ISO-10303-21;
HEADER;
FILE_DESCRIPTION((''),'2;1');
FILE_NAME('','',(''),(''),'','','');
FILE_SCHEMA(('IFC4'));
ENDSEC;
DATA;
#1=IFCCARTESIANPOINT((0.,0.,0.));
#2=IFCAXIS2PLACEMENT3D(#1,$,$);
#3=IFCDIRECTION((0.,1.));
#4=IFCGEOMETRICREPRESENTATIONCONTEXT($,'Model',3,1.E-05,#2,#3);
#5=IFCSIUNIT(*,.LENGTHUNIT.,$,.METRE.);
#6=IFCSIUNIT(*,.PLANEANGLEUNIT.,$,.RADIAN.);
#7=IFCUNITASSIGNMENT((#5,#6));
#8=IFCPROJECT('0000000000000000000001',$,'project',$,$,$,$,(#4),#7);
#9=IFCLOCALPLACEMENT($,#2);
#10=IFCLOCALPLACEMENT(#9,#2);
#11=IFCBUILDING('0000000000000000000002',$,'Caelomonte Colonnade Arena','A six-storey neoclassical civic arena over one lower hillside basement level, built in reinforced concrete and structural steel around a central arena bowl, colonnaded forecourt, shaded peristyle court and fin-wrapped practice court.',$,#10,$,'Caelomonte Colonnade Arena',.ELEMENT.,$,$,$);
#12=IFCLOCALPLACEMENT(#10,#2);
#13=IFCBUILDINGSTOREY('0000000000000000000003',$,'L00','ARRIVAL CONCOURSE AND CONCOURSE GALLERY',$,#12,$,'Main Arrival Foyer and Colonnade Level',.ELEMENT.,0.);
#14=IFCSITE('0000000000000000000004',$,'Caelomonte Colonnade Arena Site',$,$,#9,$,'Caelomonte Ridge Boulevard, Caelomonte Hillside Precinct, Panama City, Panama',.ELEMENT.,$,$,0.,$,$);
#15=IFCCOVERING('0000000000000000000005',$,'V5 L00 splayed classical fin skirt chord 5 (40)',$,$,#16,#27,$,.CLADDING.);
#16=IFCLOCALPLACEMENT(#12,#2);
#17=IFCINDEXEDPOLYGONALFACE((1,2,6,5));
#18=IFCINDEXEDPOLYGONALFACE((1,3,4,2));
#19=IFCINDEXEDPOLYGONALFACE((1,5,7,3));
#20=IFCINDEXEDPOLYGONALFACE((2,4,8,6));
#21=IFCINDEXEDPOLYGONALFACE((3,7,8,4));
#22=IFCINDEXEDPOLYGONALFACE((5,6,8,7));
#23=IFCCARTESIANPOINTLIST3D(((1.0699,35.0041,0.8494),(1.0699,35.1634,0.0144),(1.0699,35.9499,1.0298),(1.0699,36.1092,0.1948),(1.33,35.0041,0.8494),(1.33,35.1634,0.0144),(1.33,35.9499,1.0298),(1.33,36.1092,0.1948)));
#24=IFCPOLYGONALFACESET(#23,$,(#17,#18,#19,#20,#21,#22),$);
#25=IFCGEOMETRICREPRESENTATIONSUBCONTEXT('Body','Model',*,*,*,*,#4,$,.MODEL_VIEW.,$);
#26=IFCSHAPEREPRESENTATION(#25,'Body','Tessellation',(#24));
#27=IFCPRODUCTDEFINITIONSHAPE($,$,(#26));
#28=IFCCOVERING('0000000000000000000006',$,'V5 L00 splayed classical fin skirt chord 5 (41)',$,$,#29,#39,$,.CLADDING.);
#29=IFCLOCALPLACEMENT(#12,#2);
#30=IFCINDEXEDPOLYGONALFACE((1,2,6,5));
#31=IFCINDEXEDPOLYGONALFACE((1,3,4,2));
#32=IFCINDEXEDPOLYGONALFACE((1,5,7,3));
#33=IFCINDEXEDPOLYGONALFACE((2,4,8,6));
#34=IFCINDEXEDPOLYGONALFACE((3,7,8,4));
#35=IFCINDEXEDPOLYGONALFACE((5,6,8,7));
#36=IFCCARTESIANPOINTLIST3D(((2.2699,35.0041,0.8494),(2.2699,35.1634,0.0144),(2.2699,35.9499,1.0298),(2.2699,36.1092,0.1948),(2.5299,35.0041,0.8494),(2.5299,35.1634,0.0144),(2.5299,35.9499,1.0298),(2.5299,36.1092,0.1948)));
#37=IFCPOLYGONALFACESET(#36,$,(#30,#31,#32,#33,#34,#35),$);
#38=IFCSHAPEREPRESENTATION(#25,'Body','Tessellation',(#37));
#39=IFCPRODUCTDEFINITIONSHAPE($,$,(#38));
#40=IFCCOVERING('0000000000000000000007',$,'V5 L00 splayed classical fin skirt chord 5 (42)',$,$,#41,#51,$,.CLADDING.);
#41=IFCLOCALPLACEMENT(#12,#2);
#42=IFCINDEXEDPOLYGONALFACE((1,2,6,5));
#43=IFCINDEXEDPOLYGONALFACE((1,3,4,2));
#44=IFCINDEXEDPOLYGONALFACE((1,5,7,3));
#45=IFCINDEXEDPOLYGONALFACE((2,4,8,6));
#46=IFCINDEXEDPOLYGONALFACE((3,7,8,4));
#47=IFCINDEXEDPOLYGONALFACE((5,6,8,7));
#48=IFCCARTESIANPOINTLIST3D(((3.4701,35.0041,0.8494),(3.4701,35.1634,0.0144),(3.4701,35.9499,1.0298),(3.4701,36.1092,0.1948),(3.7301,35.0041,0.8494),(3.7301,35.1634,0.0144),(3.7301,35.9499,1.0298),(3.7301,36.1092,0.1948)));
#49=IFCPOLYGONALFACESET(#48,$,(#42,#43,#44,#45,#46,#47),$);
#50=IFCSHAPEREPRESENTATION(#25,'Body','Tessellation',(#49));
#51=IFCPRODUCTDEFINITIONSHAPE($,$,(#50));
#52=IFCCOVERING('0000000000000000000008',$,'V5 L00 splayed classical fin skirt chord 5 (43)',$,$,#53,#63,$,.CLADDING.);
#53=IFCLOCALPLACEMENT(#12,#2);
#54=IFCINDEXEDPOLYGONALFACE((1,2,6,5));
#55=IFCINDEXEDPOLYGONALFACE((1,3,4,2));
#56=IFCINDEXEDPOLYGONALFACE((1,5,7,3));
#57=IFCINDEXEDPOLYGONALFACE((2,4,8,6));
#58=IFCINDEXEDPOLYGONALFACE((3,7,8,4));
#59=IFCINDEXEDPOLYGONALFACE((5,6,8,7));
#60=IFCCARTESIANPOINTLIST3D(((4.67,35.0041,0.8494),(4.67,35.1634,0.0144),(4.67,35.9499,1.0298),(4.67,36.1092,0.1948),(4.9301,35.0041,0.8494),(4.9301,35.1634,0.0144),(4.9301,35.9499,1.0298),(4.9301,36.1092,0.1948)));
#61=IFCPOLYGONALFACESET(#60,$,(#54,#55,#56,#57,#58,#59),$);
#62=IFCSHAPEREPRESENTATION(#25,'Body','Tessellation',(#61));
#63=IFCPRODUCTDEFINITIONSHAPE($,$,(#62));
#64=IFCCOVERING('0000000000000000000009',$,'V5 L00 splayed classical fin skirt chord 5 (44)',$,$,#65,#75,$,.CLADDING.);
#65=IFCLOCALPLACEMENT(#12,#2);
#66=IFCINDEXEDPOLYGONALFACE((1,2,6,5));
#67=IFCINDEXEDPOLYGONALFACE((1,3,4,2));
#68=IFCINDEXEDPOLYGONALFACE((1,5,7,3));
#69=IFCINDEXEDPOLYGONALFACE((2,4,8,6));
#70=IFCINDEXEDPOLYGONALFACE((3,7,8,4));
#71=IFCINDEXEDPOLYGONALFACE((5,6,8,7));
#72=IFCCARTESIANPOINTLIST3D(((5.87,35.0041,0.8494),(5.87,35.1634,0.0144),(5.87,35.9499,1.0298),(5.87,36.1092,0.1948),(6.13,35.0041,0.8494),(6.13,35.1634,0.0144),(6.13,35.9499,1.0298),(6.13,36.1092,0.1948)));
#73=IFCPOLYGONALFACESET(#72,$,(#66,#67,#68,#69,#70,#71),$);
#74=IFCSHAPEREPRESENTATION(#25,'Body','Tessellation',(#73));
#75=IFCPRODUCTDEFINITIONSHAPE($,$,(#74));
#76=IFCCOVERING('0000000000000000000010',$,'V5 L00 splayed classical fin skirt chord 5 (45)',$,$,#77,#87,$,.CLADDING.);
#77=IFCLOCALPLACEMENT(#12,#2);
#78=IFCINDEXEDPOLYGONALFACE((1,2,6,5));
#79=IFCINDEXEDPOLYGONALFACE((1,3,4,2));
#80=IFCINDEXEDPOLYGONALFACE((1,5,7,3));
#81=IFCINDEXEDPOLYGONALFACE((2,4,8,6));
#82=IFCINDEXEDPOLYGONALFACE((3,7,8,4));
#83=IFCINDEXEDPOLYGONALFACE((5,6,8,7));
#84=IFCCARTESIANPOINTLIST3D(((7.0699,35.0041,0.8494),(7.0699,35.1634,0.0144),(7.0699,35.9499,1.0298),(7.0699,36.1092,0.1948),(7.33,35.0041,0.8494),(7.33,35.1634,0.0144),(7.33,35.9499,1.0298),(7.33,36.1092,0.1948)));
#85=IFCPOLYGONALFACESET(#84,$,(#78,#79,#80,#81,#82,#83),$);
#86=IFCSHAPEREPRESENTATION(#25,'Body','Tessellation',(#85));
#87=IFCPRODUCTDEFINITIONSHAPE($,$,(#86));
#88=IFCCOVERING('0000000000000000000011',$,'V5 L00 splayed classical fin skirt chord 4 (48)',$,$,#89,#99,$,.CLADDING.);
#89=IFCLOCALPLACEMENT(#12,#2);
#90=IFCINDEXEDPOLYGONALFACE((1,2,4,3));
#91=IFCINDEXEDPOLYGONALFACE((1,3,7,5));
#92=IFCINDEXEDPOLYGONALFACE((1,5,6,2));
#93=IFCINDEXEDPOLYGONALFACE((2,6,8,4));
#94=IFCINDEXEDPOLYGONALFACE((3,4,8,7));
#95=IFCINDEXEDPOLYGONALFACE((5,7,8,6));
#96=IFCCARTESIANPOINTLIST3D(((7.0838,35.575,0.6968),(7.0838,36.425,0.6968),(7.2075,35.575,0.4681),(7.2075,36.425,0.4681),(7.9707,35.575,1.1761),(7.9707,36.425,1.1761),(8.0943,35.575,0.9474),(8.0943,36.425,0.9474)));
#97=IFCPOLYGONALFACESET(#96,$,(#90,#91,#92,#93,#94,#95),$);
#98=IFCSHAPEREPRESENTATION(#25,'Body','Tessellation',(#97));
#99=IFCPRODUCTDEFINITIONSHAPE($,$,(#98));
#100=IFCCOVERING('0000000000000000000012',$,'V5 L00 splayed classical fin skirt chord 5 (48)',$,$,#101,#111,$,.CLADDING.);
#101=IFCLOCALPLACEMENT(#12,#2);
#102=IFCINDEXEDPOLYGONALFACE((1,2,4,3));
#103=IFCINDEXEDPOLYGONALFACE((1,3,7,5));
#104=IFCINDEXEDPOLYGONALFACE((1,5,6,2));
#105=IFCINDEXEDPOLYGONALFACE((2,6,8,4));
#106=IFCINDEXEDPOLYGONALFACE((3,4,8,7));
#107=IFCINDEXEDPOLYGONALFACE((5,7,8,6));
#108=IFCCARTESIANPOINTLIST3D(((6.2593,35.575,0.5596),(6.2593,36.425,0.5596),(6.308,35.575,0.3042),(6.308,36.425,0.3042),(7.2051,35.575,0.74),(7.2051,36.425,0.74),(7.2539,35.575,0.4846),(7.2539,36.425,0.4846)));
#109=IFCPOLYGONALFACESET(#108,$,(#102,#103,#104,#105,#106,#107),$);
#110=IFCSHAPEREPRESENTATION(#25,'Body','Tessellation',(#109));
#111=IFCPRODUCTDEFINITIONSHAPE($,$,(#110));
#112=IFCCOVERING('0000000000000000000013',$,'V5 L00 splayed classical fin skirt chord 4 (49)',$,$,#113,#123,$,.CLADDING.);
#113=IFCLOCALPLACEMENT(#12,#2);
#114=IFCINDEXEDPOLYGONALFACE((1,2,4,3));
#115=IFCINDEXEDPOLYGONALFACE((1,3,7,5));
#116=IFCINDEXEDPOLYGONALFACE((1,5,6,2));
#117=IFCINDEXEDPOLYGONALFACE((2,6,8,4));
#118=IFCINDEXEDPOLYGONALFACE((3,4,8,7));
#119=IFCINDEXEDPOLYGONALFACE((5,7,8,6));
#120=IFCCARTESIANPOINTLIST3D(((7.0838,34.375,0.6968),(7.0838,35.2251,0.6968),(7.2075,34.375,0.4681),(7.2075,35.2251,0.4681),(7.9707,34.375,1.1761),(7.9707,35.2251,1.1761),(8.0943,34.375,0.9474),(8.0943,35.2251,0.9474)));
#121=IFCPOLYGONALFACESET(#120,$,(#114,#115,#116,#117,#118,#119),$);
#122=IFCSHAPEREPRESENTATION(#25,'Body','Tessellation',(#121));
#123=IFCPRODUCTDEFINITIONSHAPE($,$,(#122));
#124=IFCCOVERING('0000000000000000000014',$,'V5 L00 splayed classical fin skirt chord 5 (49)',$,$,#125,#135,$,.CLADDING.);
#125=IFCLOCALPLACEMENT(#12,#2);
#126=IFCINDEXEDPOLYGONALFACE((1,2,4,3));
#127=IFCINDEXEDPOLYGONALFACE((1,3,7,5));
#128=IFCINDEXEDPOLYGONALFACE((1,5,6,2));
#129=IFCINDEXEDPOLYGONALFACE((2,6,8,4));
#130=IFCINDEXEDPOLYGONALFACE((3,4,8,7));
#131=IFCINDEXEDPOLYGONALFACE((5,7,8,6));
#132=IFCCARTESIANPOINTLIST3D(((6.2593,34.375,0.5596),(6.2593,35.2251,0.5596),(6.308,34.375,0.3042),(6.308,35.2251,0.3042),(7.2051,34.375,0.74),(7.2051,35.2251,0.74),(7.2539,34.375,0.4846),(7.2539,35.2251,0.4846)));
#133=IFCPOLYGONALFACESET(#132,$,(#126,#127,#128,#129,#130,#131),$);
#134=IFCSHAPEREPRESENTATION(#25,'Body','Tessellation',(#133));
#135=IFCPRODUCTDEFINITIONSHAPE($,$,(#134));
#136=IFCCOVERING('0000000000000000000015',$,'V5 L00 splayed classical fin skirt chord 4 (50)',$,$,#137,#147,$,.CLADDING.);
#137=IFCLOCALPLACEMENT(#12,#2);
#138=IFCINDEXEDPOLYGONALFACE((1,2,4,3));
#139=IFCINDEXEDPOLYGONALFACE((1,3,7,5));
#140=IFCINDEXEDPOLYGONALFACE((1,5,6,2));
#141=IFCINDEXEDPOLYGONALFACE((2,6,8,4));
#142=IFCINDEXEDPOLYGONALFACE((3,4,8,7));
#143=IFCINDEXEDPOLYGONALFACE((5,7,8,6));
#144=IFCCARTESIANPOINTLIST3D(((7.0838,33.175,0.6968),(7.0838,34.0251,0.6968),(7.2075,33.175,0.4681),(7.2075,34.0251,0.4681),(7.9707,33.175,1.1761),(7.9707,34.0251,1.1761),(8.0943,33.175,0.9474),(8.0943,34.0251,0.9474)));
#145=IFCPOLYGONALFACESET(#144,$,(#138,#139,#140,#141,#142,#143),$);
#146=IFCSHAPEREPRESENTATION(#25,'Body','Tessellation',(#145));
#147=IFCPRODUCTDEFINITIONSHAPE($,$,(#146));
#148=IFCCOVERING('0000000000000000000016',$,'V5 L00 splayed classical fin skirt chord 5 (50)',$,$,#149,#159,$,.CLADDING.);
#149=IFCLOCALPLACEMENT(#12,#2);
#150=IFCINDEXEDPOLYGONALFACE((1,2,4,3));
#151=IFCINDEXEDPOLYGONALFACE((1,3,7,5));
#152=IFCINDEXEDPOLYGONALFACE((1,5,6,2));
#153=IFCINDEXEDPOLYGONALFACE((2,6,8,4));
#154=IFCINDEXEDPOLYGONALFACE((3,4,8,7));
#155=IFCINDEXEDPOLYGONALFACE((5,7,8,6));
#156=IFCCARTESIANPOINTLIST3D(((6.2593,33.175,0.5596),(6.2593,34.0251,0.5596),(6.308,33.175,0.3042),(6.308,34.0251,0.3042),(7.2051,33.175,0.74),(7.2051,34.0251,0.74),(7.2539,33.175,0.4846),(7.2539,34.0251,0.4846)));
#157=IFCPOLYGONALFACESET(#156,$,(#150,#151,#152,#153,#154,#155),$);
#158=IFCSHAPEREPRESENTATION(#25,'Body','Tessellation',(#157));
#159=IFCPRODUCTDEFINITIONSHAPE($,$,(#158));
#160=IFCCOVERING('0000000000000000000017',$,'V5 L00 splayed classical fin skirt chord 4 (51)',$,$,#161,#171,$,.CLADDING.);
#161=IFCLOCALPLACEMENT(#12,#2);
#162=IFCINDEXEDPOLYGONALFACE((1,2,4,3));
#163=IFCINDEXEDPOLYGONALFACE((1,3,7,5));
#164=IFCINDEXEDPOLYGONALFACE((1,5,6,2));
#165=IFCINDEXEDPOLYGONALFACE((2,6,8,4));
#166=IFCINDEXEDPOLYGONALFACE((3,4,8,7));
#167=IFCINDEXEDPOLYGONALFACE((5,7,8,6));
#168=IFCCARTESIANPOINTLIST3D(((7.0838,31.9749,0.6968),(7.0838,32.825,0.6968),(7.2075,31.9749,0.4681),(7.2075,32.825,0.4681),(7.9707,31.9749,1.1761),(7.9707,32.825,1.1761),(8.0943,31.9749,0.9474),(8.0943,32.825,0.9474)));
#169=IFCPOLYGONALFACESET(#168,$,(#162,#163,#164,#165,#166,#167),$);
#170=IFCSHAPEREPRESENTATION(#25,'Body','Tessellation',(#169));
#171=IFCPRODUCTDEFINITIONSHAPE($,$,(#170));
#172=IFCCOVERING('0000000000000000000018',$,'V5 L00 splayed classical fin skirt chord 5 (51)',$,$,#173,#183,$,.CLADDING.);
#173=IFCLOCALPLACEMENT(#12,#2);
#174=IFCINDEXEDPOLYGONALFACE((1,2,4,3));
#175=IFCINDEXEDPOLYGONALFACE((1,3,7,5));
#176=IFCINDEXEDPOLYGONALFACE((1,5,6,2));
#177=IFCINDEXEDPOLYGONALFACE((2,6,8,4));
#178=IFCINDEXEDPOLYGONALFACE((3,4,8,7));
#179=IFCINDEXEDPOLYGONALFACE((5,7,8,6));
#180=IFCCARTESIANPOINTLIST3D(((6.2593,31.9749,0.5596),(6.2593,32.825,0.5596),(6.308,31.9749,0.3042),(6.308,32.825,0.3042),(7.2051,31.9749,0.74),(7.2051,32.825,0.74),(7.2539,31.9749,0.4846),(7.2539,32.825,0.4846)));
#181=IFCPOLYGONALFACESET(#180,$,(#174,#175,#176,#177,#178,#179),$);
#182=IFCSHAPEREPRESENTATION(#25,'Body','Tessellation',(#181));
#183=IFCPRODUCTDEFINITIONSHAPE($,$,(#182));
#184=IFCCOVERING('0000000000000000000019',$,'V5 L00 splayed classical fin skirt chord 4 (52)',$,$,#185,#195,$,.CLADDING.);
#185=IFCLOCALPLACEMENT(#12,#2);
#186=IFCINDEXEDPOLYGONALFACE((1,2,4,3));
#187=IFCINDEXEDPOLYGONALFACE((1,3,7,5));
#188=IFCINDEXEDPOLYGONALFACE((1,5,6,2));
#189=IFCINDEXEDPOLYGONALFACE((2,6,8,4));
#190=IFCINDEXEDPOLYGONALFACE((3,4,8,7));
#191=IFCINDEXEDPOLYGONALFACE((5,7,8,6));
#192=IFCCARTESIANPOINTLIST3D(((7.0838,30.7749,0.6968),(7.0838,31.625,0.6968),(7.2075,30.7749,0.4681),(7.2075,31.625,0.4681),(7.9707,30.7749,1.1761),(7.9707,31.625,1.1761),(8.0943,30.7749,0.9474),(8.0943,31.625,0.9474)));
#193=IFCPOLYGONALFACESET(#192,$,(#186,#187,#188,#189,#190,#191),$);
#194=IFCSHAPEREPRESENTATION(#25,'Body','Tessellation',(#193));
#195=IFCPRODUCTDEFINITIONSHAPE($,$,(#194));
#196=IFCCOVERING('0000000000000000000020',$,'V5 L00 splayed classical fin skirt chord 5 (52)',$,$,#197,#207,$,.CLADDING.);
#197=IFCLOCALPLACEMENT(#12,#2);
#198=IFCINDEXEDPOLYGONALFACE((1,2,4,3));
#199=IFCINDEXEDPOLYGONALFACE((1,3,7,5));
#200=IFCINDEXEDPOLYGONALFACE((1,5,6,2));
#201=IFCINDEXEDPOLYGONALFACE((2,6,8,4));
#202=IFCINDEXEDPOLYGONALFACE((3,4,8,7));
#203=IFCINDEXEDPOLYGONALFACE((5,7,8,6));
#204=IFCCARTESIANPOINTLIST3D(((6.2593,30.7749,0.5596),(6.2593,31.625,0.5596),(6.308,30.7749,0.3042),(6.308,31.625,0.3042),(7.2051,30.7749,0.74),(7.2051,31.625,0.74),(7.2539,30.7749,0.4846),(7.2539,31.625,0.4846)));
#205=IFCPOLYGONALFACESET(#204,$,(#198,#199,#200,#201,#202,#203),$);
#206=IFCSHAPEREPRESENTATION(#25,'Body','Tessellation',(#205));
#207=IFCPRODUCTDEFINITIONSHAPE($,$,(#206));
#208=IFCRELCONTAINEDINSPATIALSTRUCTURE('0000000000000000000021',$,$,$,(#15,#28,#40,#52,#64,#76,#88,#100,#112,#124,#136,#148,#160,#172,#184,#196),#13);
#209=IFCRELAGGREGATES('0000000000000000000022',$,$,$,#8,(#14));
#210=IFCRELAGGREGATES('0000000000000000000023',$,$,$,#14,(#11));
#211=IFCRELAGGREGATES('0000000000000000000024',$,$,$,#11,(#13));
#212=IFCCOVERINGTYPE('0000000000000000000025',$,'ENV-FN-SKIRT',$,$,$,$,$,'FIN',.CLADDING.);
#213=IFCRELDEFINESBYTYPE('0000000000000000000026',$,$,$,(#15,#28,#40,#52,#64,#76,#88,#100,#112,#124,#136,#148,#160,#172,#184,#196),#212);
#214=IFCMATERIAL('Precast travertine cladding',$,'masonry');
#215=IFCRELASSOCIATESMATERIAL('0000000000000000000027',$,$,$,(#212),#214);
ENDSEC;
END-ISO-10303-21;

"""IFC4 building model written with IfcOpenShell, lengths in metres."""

from ifc_helpers import new_model, si_unit, direction, frame, origin, origin_2d, place, context, subcontext, project, spatial, rectangle, extrude, material, material_profile, profile_set, type_object, element, save


model = new_model("IFC4")

# Units and contexts
model_context = context("Model", 3, precision=1e-05, world=origin(), true_north=direction((0.0, 1.0)))
body_context = subcontext(model_context, "Body", "Model", "MODEL_VIEW")
ifc_project = project(units=[si_unit("LENGTHUNIT", "METRE"), si_unit("PLANEANGLEUNIT", "RADIAN")], contexts=[model_context])

# Site, building, storey
site_placement = place(None, origin())
site = spatial("IfcSite", under=ifc_project, at=site_placement, Name="Caelomonte Colonnade Arena Site", LongName="Caelomonte Ridge Boulevard, Caelomonte Hillside Precinct, Panama City, Panama", CompositionType="ELEMENT", RefElevation=0.0)
building_placement = place(site_placement, origin())
building = spatial("IfcBuilding", under=site, at=building_placement, Name="Caelomonte Colonnade Arena", Description="A six-storey neoclassical civic arena over one lower hillside basement level, built in reinforced concrete and structural steel around a central arena bowl, colonnaded forecourt, shaded peristyle court and fin-wrapped practice court.", LongName="Caelomonte Colonnade Arena", CompositionType="ELEMENT")
storey_placement = place(building_placement, origin())
storey = spatial("IfcBuildingStorey", under=building, at=storey_placement, Name="L00", Description="ARRIVAL CONCOURSE AND CONCOURSE GALLERY", LongName="Main Arrival Foyer and Colonnade Level", CompositionType="ELEMENT", Elevation=0.0)

# Coverings
ifc_material_1 = material(Name="Precast travertine cladding", Category="masonry")
ifc_material_profile = material_profile(ifc_material_1, rectangle(XDim=0.26, YDim=0.8501, at=origin_2d()), Name="FIN260X850")
ifc_profile_set = profile_set([ifc_material_profile], Name="Precast travertine cladding")
covering_type_1 = type_object("IfcCoveringType", Name="ENV-FN-SKIRT", ElementType="FIN", PredefinedType="CLADDING", material=ifc_profile_set)
for number, where, z_axis, x_axis, name in (
    (1, (1.2, 36.0295, 0.6123), (0.0, -0.982287, -0.18738), (-1.0, 0.0, 0.0), "V5 L00 splayed classical fin skirt chord 5 (40)"),
    (2, (2.3999, 36.0295, 0.6123), (0.0, -0.982287, -0.18738), (-1.0, 0.0, 0.0), "V5 L00 splayed classical fin skirt chord 5 (41)"),
    (3, (3.6001, 36.0295, 0.6123), (0.0, -0.982287, -0.18738), (-1.0, 0.0, 0.0), "V5 L00 splayed classical fin skirt chord 5 (42)"),
    (4, (4.8, 36.0295, 0.6123), (0.0, -0.982287, -0.18738), (-1.0, 0.0, 0.0), "V5 L00 splayed classical fin skirt chord 5 (43)"),
    (5, (6.0, 36.0295, 0.6123), (0.0, -0.982287, -0.18738), (-1.0, 0.0, 0.0), "V5 L00 splayed classical fin skirt chord 5 (44)"),
    (6, (7.2, 36.0295, 0.6123), (0.0, -0.982287, -0.18738), (-1.0, 0.0, 0.0), "V5 L00 splayed classical fin skirt chord 5 (45)"),
):
    element("IfcCovering", number, at=place(storey_placement, frame(where, z_axis=z_axis, x_axis=x_axis)), inside=storey, type_object=covering_type_1, Name=name, PredefinedType="CLADDING", context=body_context, shape_type="SweptSolid", body=[
        extrude(rectangle(XDim=0.26, YDim=0.8501, at=origin_2d()), origin(), (0.0, 0.0, 1.0), 0.9629),
    ])
covering_1_placement = place(storey_placement, frame((8.0325, 36.0, 1.0618), z_axis=(-0.879731, 0.0, -0.475471), x_axis=(-0.475471, 0.0, 0.879731)))
element("IfcCovering", 7, at=covering_1_placement, inside=storey, type_object=covering_type_1, Name="V5 L00 splayed classical fin skirt chord 4 (48)", PredefinedType="CLADDING", context=body_context, shape_type="SweptSolid", body=[
    extrude(rectangle(XDim=0.26, YDim=0.8501, at=origin_2d()), origin(), (0.0, 0.0, 1.0), 1.0081),
])
covering_2_placement = place(storey_placement, frame((7.2295, 36.0, 0.6123), z_axis=(-0.982287, 0.0, -0.18738), x_axis=(-0.18738, 0.0, 0.982287)))
element("IfcCovering", 8, at=covering_2_placement, inside=storey, type_object=covering_type_1, Name="V5 L00 splayed classical fin skirt chord 5 (48)", PredefinedType="CLADDING", context=body_context, shape_type="SweptSolid", body=[
    extrude(rectangle(XDim=0.26, YDim=0.8501, at=origin_2d()), origin(), (0.0, 0.0, 1.0), 0.9629),
])
covering_3_placement = place(storey_placement, frame((8.0325, 34.8, 1.0618), z_axis=(-0.879731, 0.0, -0.475471), x_axis=(-0.475471, 0.0, 0.879731)))
element("IfcCovering", 9, at=covering_3_placement, inside=storey, type_object=covering_type_1, Name="V5 L00 splayed classical fin skirt chord 4 (49)", PredefinedType="CLADDING", context=body_context, shape_type="SweptSolid", body=[
    extrude(rectangle(XDim=0.26, YDim=0.8501, at=origin_2d()), origin(), (0.0, 0.0, 1.0), 1.0081),
])
covering_4_placement = place(storey_placement, frame((7.2295, 34.8, 0.6123), z_axis=(-0.982287, 0.0, -0.18738), x_axis=(-0.18738, 0.0, 0.982287)))
element("IfcCovering", 10, at=covering_4_placement, inside=storey, type_object=covering_type_1, Name="V5 L00 splayed classical fin skirt chord 5 (49)", PredefinedType="CLADDING", context=body_context, shape_type="SweptSolid", body=[
    extrude(rectangle(XDim=0.26, YDim=0.8501, at=origin_2d()), origin(), (0.0, 0.0, 1.0), 0.9629),
])
covering_5_placement = place(storey_placement, frame((8.0325, 33.6001, 1.0618), z_axis=(-0.879731, 0.0, -0.475471), x_axis=(-0.475471, 0.0, 0.879731)))
element("IfcCovering", 11, at=covering_5_placement, inside=storey, type_object=covering_type_1, Name="V5 L00 splayed classical fin skirt chord 4 (50)", PredefinedType="CLADDING", context=body_context, shape_type="SweptSolid", body=[
    extrude(rectangle(XDim=0.26, YDim=0.8501, at=origin_2d()), origin(), (0.0, 0.0, 1.0), 1.0081),
])
covering_6_placement = place(storey_placement, frame((7.2295, 33.6001, 0.6123), z_axis=(-0.982287, 0.0, -0.18738), x_axis=(-0.18738, 0.0, 0.982287)))
element("IfcCovering", 12, at=covering_6_placement, inside=storey, type_object=covering_type_1, Name="V5 L00 splayed classical fin skirt chord 5 (50)", PredefinedType="CLADDING", context=body_context, shape_type="SweptSolid", body=[
    extrude(rectangle(XDim=0.26, YDim=0.8501, at=origin_2d()), origin(), (0.0, 0.0, 1.0), 0.9629),
])
covering_7_placement = place(storey_placement, frame((8.0325, 32.3999, 1.0618), z_axis=(-0.879731, 0.0, -0.475471), x_axis=(-0.475471, 0.0, 0.879731)))
element("IfcCovering", 13, at=covering_7_placement, inside=storey, type_object=covering_type_1, Name="V5 L00 splayed classical fin skirt chord 4 (51)", PredefinedType="CLADDING", context=body_context, shape_type="SweptSolid", body=[
    extrude(rectangle(XDim=0.26, YDim=0.8501, at=origin_2d()), origin(), (0.0, 0.0, 1.0), 1.0081),
])
covering_8_placement = place(storey_placement, frame((7.2295, 32.3999, 0.6123), z_axis=(-0.982287, 0.0, -0.18738), x_axis=(-0.18738, 0.0, 0.982287)))
element("IfcCovering", 14, at=covering_8_placement, inside=storey, type_object=covering_type_1, Name="V5 L00 splayed classical fin skirt chord 5 (51)", PredefinedType="CLADDING", context=body_context, shape_type="SweptSolid", body=[
    extrude(rectangle(XDim=0.26, YDim=0.8501, at=origin_2d()), origin(), (0.0, 0.0, 1.0), 0.9629),
])
covering_9_placement = place(storey_placement, frame((8.0325, 31.2, 1.0618), z_axis=(-0.879731, 0.0, -0.475471), x_axis=(-0.475471, 0.0, 0.879731)))
element("IfcCovering", 15, at=covering_9_placement, inside=storey, type_object=covering_type_1, Name="V5 L00 splayed classical fin skirt chord 4 (52)", PredefinedType="CLADDING", context=body_context, shape_type="SweptSolid", body=[
    extrude(rectangle(XDim=0.26, YDim=0.8501, at=origin_2d()), origin(), (0.0, 0.0, 1.0), 1.0081),
])
covering_10_placement = place(storey_placement, frame((7.2295, 31.2, 0.6123), z_axis=(-0.982287, 0.0, -0.18738), x_axis=(-0.18738, 0.0, 0.982287)))
element("IfcCovering", 16, at=covering_10_placement, inside=storey, type_object=covering_type_1, Name="V5 L00 splayed classical fin skirt chord 5 (52)", PredefinedType="CLADDING", context=body_context, shape_type="SweptSolid", body=[
    extrude(rectangle(XDim=0.26, YDim=0.8501, at=origin_2d()), origin(), (0.0, 0.0, 1.0), 0.9629),
])

save(model, "model.ifc")
